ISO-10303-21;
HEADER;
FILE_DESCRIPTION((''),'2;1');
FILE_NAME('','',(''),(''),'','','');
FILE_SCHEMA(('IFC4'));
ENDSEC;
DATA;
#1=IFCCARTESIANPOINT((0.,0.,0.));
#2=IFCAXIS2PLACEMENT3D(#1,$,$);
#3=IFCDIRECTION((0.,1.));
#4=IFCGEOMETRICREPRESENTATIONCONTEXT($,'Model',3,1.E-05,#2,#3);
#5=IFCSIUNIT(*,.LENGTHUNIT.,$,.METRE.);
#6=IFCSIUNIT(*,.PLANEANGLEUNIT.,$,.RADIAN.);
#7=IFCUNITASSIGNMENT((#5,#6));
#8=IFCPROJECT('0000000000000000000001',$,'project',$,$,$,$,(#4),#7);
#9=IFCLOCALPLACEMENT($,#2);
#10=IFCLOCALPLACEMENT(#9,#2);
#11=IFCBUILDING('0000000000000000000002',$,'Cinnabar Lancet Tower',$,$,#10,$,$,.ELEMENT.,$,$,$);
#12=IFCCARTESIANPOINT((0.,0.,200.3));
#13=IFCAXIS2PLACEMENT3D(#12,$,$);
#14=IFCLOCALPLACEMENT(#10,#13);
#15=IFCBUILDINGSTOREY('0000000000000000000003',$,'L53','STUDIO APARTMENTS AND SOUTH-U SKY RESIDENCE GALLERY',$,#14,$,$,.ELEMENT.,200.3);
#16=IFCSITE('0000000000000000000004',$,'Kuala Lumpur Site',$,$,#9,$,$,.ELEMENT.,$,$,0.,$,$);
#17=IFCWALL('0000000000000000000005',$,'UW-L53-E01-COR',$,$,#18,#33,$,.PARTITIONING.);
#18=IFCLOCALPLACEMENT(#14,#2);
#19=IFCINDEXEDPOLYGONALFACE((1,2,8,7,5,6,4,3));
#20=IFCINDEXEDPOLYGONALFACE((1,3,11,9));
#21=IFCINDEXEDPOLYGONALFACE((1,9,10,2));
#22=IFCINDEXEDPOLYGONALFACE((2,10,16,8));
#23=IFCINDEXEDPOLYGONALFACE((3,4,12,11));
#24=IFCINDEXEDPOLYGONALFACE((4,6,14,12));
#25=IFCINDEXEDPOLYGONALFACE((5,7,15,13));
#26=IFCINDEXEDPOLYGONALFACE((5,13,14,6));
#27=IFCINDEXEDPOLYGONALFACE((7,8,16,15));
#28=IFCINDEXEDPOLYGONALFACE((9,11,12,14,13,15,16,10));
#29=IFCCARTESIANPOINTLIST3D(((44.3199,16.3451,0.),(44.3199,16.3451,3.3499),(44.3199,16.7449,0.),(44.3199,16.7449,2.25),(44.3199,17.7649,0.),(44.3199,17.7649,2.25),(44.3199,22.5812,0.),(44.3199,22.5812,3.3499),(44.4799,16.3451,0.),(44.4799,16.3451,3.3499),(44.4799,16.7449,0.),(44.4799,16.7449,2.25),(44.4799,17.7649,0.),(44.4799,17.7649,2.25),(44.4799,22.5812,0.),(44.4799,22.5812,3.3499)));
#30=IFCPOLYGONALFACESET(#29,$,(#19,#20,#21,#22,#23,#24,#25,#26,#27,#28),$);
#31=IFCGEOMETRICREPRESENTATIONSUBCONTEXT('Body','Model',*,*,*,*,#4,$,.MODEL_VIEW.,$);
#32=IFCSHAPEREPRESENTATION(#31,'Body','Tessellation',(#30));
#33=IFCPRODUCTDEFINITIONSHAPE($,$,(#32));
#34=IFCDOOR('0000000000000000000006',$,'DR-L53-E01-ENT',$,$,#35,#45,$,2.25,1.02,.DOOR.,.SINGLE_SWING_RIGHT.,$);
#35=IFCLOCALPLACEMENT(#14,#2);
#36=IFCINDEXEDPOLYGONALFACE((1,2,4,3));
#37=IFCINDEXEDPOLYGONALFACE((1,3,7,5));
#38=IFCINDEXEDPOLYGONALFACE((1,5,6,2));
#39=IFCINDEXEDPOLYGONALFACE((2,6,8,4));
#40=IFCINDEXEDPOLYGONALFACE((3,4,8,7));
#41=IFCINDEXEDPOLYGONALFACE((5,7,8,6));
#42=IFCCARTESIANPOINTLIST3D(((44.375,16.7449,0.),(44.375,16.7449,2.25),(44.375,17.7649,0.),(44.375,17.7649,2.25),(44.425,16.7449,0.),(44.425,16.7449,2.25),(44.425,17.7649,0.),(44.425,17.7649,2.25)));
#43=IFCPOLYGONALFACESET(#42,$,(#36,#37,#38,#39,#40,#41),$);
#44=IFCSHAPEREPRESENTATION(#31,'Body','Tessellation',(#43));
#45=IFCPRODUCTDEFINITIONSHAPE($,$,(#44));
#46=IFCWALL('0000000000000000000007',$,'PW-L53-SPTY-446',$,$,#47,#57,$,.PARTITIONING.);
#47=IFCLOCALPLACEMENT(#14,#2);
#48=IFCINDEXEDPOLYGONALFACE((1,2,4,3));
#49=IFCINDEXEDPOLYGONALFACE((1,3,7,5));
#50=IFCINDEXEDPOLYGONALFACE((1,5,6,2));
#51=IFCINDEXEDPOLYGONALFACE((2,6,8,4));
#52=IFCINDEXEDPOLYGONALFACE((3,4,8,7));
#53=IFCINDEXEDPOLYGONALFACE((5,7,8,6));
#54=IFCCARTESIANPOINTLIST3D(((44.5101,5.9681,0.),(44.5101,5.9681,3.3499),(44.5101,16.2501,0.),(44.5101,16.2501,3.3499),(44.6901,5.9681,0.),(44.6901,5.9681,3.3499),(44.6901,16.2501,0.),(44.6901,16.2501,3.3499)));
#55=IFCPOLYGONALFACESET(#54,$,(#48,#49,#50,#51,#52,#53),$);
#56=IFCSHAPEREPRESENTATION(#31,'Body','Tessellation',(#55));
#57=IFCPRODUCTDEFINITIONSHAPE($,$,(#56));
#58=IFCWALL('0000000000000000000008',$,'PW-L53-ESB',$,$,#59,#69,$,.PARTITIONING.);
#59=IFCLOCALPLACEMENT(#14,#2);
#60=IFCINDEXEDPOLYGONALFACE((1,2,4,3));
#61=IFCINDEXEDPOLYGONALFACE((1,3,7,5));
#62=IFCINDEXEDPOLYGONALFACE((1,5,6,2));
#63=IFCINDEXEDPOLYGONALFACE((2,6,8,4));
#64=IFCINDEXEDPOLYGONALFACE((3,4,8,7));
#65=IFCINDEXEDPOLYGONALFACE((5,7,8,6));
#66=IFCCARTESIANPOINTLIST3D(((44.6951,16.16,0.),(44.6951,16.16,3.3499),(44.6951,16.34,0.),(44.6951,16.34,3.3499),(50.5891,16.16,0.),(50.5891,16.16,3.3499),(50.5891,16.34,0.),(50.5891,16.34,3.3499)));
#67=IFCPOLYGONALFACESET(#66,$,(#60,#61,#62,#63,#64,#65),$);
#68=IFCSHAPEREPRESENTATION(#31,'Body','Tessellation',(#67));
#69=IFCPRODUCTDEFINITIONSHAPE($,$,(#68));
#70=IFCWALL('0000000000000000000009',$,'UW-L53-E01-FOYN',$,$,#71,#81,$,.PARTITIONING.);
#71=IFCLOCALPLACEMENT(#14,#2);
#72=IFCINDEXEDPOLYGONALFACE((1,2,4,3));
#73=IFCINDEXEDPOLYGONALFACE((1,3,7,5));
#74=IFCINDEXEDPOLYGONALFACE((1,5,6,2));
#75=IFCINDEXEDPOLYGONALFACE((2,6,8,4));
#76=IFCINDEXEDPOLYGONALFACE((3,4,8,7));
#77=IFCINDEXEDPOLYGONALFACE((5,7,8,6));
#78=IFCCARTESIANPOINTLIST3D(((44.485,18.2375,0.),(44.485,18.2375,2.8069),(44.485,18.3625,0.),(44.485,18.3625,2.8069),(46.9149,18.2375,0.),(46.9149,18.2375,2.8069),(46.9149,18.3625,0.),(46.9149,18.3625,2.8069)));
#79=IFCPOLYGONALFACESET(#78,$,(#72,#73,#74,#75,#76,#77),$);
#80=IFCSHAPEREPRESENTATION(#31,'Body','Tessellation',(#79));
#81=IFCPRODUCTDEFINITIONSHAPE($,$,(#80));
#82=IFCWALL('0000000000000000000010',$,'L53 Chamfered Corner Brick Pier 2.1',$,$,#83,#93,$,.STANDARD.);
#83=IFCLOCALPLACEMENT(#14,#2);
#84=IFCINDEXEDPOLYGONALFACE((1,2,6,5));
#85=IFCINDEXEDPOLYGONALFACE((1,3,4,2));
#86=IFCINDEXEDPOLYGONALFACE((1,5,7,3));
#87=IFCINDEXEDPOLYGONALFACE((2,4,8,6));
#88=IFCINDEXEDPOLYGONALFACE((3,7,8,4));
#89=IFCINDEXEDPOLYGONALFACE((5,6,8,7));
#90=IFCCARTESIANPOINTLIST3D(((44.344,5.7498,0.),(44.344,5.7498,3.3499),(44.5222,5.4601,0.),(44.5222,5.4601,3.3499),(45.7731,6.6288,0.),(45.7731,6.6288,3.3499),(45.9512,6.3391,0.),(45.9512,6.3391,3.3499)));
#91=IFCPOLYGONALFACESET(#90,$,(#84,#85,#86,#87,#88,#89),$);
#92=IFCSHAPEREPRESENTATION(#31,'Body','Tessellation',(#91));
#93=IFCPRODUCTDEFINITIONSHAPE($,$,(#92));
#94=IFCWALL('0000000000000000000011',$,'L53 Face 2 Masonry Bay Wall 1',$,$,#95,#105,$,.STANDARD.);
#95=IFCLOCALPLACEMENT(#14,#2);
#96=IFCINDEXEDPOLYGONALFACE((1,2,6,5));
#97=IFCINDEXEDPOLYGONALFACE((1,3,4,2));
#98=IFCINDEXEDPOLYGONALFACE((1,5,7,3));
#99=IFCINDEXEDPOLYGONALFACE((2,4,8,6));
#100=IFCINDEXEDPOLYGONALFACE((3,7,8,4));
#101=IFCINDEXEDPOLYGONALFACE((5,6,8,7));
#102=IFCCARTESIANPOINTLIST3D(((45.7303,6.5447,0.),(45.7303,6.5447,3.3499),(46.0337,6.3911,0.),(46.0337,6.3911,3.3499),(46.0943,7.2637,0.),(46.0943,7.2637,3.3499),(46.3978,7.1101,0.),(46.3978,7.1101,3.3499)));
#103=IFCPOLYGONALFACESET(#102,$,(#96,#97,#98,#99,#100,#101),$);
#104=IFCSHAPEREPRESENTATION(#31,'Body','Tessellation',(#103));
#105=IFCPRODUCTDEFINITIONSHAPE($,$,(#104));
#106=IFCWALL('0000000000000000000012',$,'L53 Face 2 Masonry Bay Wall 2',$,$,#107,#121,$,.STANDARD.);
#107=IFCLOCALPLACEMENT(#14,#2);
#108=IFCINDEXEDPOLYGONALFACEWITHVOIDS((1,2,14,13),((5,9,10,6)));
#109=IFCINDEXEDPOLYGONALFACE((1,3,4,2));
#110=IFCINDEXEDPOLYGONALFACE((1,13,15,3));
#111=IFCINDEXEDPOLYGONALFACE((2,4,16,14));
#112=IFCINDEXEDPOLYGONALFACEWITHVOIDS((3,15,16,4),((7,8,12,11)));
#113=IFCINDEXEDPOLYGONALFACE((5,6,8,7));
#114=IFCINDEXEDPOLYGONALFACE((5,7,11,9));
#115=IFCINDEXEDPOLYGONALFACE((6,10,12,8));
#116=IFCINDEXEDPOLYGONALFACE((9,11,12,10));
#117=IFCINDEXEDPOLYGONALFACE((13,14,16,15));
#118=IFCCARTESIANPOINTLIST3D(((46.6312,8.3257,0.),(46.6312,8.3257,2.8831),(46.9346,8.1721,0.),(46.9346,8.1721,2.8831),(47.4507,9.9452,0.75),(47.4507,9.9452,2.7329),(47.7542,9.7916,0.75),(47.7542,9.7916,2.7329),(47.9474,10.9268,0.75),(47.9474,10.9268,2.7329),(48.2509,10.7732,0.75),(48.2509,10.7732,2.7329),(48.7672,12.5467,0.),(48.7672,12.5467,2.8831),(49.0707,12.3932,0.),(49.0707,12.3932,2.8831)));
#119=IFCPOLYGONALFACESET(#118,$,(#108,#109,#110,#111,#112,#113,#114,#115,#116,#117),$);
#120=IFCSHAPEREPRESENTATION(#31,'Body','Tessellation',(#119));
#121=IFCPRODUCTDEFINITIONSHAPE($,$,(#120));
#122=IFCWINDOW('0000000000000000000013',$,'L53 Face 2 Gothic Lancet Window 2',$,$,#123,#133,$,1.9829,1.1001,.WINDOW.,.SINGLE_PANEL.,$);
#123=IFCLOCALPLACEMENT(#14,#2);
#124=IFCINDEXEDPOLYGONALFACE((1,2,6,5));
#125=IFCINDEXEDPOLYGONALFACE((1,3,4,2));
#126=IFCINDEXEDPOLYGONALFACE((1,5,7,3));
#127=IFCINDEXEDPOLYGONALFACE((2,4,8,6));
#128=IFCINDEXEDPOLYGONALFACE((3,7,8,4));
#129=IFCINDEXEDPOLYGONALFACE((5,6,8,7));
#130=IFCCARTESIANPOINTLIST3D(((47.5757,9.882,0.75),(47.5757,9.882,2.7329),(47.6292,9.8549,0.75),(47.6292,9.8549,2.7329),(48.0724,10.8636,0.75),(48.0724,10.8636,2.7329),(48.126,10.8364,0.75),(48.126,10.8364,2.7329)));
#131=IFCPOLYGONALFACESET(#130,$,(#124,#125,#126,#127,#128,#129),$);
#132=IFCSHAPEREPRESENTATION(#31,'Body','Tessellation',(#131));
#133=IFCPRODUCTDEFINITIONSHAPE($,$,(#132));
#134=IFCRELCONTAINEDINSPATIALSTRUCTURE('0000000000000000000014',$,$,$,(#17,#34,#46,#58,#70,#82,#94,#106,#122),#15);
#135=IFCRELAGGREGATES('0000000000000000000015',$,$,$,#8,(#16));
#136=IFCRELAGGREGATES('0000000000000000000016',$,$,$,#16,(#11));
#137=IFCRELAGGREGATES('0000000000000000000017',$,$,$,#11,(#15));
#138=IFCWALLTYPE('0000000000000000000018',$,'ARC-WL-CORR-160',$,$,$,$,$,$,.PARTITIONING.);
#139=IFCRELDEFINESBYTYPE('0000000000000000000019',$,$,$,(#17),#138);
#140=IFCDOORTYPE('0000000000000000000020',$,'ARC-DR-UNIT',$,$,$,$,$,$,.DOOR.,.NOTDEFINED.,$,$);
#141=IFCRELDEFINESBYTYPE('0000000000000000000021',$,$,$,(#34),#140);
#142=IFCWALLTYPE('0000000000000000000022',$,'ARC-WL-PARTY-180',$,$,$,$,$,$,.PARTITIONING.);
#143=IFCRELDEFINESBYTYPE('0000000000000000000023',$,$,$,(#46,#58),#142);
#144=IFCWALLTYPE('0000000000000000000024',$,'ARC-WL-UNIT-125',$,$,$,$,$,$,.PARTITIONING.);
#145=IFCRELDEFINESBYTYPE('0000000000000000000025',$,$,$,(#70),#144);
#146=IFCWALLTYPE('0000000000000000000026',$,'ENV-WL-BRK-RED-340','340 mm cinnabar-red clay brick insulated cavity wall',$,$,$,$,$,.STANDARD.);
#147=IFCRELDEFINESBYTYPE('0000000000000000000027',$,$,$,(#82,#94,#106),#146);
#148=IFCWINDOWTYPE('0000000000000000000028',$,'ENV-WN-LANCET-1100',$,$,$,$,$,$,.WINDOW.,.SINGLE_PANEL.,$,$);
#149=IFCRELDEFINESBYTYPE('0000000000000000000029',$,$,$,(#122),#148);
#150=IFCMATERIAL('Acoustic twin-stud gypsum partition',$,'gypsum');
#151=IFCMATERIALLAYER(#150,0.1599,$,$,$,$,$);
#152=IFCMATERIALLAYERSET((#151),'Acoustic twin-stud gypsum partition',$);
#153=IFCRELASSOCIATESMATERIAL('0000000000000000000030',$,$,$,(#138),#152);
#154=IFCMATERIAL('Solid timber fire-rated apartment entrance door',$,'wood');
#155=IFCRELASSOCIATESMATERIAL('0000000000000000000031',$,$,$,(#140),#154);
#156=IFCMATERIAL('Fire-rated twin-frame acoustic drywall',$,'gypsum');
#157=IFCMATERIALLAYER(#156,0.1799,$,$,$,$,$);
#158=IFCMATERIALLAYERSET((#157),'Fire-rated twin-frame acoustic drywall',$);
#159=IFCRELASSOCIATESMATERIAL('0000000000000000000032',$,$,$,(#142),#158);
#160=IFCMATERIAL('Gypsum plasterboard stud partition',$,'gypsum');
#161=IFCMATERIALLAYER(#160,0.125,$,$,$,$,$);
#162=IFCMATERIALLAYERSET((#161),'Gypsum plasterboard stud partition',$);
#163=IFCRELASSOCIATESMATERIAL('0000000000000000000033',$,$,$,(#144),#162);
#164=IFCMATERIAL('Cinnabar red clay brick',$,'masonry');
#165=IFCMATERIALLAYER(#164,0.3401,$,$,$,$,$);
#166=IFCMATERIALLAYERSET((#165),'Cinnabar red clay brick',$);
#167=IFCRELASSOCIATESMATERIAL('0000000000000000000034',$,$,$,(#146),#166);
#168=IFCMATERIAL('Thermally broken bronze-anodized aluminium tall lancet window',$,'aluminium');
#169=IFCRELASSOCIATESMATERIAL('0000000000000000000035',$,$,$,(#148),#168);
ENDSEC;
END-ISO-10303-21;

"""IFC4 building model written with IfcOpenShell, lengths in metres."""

from ifc_helpers import new_model, si_unit, direction, frame, frame_2d, origin, place, context, subcontext, project, spatial, rectangle, extrude, material, layer, layer_set, type_object, element, fill, save


model = new_model("IFC4")

# Units and contexts
model_context = context("Model", 3, precision=1e-05, world=origin(), true_north=direction((0.0, 1.0)))
body_context = subcontext(model_context, "Body", "Model", "MODEL_VIEW")
ifc_project = project(units=[si_unit("LENGTHUNIT", "METRE"), si_unit("PLANEANGLEUNIT", "RADIAN")], contexts=[model_context])

# Site, building, storey
site_placement = place(None, origin())
site = spatial("IfcSite", under=ifc_project, at=site_placement, Name="Kuala Lumpur Site", CompositionType="ELEMENT", RefElevation=0.0)
building_placement = place(site_placement, origin())
building = spatial("IfcBuilding", under=site, at=building_placement, Name="Cinnabar Lancet Tower", CompositionType="ELEMENT")
storey_placement = place(building_placement, frame((0.0, 0.0, 200.3)))
storey = spatial("IfcBuildingStorey", under=building, at=storey_placement, Name="L53", Description="STUDIO APARTMENTS AND SOUTH-U SKY RESIDENCE GALLERY", CompositionType="ELEMENT", Elevation=200.3)

# Wall, opening, door
ifc_material_1 = material(Name="Acoustic twin-stud gypsum partition", Category="gypsum")
ifc_layer_1 = layer(ifc_material_1, 0.1599)
ifc_layer_set_1 = layer_set([ifc_layer_1], Name="Acoustic twin-stud gypsum partition")
wall_type_1 = type_object("IfcWallType", Name="ARC-WL-CORR-160", PredefinedType="PARTITIONING", material=ifc_layer_set_1)
wall_1_placement = place(storey_placement, frame((44.3999, 16.345, 0.0), z_axis=(0.0, 0.0, 1.0), x_axis=(0.0, 1.0, 0.0)))
wall_1 = element("IfcWall", 1, at=wall_1_placement, inside=storey, type_object=wall_type_1, Name="UW-L53-E01-COR", PredefinedType="PARTITIONING", context=body_context, shape_type="SweptSolid", body=[
    extrude(rectangle(XDim=6.2361, YDim=0.1599, at=frame_2d((3.1182, 0.0))), origin(), (0.0, 0.0, 1.0), 3.3499),
])
opening_1_placement = place(wall_1_placement, frame((0.3999, 0.0, 0.0)))
opening_1 = element("IfcOpeningElement", 2, at=opening_1_placement, cuts=wall_1, PredefinedType="OPENING", context=body_context, shape_type="SweptSolid", body=[
    extrude(rectangle(XDim=1.02, YDim=2.25, at=frame_2d((0.51, 1.125))), frame((0.0, 0.0898, 0.0), z_axis=(0.0, -1.0, 0.0), x_axis=(1.0, 0.0, 0.0)), (0.0, 0.0, 1.0), 0.1799),
])
ifc_material_2 = material(Name="Solid timber fire-rated apartment entrance door", Category="wood")
door_type_1 = type_object("IfcDoorType", Name="ARC-DR-UNIT", OperationType="NOTDEFINED", PredefinedType="DOOR", material=ifc_material_2)
door_1_placement = place(opening_1_placement, origin())
door_1 = element("IfcDoor", 3, at=door_1_placement, inside=storey, type_object=door_type_1, Name="DR-L53-E01-ENT", OperationType="SINGLE_SWING_RIGHT", OverallHeight=2.25, OverallWidth=1.02, PredefinedType="DOOR", context=body_context, shape_type="SweptSolid", body=[
    extrude(rectangle(XDim=1.02, YDim=2.25, at=frame_2d((0.51, 1.125))), frame((0.0, 0.0249, 0.0), z_axis=(0.0, -1.0, 0.0), x_axis=(1.0, 0.0, 0.0)), (0.0, 0.0, 1.0), 0.05),
])
fill(opening_1, door_1)

# Walls
ifc_material_3 = material(Name="Fire-rated twin-frame acoustic drywall", Category="gypsum")
ifc_layer_2 = layer(ifc_material_3, 0.1799)
ifc_layer_set_2 = layer_set([ifc_layer_2], Name="Fire-rated twin-frame acoustic drywall")
wall_type_2 = type_object("IfcWallType", Name="ARC-WL-PARTY-180", PredefinedType="PARTITIONING", material=ifc_layer_set_2)
wall_2_placement = place(storey_placement, frame((44.6001, 5.968, 0.0), z_axis=(0.0, 0.0, 1.0), x_axis=(0.0, 1.0, 0.0)))
element("IfcWall", 4, at=wall_2_placement, inside=storey, type_object=wall_type_2, Name="PW-L53-SPTY-446", PredefinedType="PARTITIONING", context=body_context, shape_type="SweptSolid", body=[
    extrude(rectangle(XDim=10.282, YDim=0.1799, at=frame_2d((5.1411, 0.0))), origin(), (0.0, 0.0, 1.0), 3.3499),
])
wall_3_placement = place(storey_placement, frame((44.6951, 16.25, 0.0), z_axis=(0.0, 0.0, 1.0), x_axis=(1.0, 0.0, 0.0)))
element("IfcWall", 5, at=wall_3_placement, inside=storey, type_object=wall_type_2, Name="PW-L53-ESB", PredefinedType="PARTITIONING", context=body_context, shape_type="SweptSolid", body=[
    extrude(rectangle(XDim=5.894, YDim=0.1799, at=frame_2d((2.947, 0.0))), origin(), (0.0, 0.0, 1.0), 3.3499),
])
ifc_material_4 = material(Name="Gypsum plasterboard stud partition", Category="gypsum")
ifc_layer_3 = layer(ifc_material_4, 0.125)
ifc_layer_set_3 = layer_set([ifc_layer_3], Name="Gypsum plasterboard stud partition")
wall_type_3 = type_object("IfcWallType", Name="ARC-WL-UNIT-125", PredefinedType="PARTITIONING", material=ifc_layer_set_3)
wall_4_placement = place(storey_placement, frame((44.4851, 18.3, 0.0), z_axis=(0.0, 0.0, 1.0), x_axis=(1.0, 0.0, 0.0)))
element("IfcWall", 6, at=wall_4_placement, inside=storey, type_object=wall_type_3, Name="UW-L53-E01-FOYN", PredefinedType="PARTITIONING", context=body_context, shape_type="SweptSolid", body=[
    extrude(rectangle(XDim=2.4299, YDim=0.125, at=frame_2d((1.2148, 0.0))), origin(), (0.0, 0.0, 1.0), 2.8069),
])

# Walls
ifc_material_5 = material(Name="Cinnabar red clay brick", Category="masonry")
ifc_layer_4 = layer(ifc_material_5, 0.3401)
ifc_layer_set_4 = layer_set([ifc_layer_4], Name="Cinnabar red clay brick")
wall_type_4 = type_object("IfcWallType", Name="ENV-WL-BRK-RED-340", Description="340 mm cinnabar-red clay brick insulated cavity wall", PredefinedType="STANDARD", material=ifc_layer_set_4)
wall_5_placement = place(storey_placement, frame((44.4331, 5.605, 0.0), z_axis=(0.0, 0.0, 1.0), x_axis=(0.851778, 0.523903, 0.0)))
element("IfcWall", 7, at=wall_5_placement, inside=storey, type_object=wall_type_4, Name="L53 Chamfered Corner Brick Pier 2.1", PredefinedType="STANDARD", context=body_context, shape_type="SweptSolid", body=[
    extrude(rectangle(XDim=1.6777, YDim=0.3401, at=frame_2d((0.8389, 0.0))), origin(), (0.0, 0.0, 1.0), 3.3499),
])
wall_6_placement = place(storey_placement, frame((45.8821, 6.468, 0.0), z_axis=(0.0, 0.0, 1.0), x_axis=(0.451692, 0.892174, 0.0)))
element("IfcWall", 8, at=wall_6_placement, inside=storey, type_object=wall_type_4, Name="L53 Face 2 Masonry Bay Wall 1", PredefinedType="STANDARD", context=body_context, shape_type="SweptSolid", body=[
    extrude(rectangle(XDim=0.8059, YDim=0.3401, at=frame_2d((0.4028, 0.0))), origin(), (0.0, 0.0, 1.0), 3.3499),
])

# Wall, opening, window
wall_7_placement = place(storey_placement, frame((46.783, 8.249, 0.0), z_axis=(0.0, 0.0, 1.0), x_axis=(0.451523, 0.89226, 0.0)))
wall_7 = element("IfcWall", 9, at=wall_7_placement, inside=storey, type_object=wall_type_4, Name="L53 Face 2 Masonry Bay Wall 2", PredefinedType="STANDARD", context=body_context, shape_type="SweptSolid", body=[
    extrude(rectangle(XDim=4.7307, YDim=0.3401, at=frame_2d((2.3652, 0.0))), origin(), (0.0, 0.0, 1.0), 2.8831),
])
opening_2_placement = place(wall_7_placement, frame((1.8149, 0.0, 0.75)))
opening_2 = element("IfcOpeningElement", 10, at=opening_2_placement, cuts=wall_7, PredefinedType="OPENING", context=body_context, shape_type="SweptSolid", body=[
    extrude(rectangle(XDim=1.1001, YDim=1.9829, at=frame_2d((0.55, 0.9915))), frame((0.0, 0.1799, 0.0), z_axis=(0.0, -1.0, 0.0), x_axis=(1.0, 0.0, 0.0)), (0.0, 0.0, 1.0), 0.3601),
])
ifc_material_6 = material(Name="Thermally broken bronze-anodized aluminium tall lancet window", Category="aluminium")
window_type = type_object("IfcWindowType", Name="ENV-WN-LANCET-1100", PartitioningType="SINGLE_PANEL", PredefinedType="WINDOW", material=ifc_material_6)
window_1_placement = place(opening_2_placement, origin())
window_1 = element("IfcWindow", 11, at=window_1_placement, inside=storey, type_object=window_type, Name="L53 Face 2 Gothic Lancet Window 2", OverallHeight=1.9829, OverallWidth=1.1001, PartitioningType="SINGLE_PANEL", PredefinedType="WINDOW", context=body_context, shape_type="SweptSolid", body=[
    extrude(rectangle(XDim=1.1001, YDim=1.9829, at=frame_2d((0.55, 0.9915))), frame((0.0, 0.03, 0.0), z_axis=(0.0, -1.0, 0.0), x_axis=(1.0, 0.0, 0.0)), (0.0, 0.0, 1.0), 0.0601),
])
fill(opening_2, window_1)

save(model, "model.ifc")
